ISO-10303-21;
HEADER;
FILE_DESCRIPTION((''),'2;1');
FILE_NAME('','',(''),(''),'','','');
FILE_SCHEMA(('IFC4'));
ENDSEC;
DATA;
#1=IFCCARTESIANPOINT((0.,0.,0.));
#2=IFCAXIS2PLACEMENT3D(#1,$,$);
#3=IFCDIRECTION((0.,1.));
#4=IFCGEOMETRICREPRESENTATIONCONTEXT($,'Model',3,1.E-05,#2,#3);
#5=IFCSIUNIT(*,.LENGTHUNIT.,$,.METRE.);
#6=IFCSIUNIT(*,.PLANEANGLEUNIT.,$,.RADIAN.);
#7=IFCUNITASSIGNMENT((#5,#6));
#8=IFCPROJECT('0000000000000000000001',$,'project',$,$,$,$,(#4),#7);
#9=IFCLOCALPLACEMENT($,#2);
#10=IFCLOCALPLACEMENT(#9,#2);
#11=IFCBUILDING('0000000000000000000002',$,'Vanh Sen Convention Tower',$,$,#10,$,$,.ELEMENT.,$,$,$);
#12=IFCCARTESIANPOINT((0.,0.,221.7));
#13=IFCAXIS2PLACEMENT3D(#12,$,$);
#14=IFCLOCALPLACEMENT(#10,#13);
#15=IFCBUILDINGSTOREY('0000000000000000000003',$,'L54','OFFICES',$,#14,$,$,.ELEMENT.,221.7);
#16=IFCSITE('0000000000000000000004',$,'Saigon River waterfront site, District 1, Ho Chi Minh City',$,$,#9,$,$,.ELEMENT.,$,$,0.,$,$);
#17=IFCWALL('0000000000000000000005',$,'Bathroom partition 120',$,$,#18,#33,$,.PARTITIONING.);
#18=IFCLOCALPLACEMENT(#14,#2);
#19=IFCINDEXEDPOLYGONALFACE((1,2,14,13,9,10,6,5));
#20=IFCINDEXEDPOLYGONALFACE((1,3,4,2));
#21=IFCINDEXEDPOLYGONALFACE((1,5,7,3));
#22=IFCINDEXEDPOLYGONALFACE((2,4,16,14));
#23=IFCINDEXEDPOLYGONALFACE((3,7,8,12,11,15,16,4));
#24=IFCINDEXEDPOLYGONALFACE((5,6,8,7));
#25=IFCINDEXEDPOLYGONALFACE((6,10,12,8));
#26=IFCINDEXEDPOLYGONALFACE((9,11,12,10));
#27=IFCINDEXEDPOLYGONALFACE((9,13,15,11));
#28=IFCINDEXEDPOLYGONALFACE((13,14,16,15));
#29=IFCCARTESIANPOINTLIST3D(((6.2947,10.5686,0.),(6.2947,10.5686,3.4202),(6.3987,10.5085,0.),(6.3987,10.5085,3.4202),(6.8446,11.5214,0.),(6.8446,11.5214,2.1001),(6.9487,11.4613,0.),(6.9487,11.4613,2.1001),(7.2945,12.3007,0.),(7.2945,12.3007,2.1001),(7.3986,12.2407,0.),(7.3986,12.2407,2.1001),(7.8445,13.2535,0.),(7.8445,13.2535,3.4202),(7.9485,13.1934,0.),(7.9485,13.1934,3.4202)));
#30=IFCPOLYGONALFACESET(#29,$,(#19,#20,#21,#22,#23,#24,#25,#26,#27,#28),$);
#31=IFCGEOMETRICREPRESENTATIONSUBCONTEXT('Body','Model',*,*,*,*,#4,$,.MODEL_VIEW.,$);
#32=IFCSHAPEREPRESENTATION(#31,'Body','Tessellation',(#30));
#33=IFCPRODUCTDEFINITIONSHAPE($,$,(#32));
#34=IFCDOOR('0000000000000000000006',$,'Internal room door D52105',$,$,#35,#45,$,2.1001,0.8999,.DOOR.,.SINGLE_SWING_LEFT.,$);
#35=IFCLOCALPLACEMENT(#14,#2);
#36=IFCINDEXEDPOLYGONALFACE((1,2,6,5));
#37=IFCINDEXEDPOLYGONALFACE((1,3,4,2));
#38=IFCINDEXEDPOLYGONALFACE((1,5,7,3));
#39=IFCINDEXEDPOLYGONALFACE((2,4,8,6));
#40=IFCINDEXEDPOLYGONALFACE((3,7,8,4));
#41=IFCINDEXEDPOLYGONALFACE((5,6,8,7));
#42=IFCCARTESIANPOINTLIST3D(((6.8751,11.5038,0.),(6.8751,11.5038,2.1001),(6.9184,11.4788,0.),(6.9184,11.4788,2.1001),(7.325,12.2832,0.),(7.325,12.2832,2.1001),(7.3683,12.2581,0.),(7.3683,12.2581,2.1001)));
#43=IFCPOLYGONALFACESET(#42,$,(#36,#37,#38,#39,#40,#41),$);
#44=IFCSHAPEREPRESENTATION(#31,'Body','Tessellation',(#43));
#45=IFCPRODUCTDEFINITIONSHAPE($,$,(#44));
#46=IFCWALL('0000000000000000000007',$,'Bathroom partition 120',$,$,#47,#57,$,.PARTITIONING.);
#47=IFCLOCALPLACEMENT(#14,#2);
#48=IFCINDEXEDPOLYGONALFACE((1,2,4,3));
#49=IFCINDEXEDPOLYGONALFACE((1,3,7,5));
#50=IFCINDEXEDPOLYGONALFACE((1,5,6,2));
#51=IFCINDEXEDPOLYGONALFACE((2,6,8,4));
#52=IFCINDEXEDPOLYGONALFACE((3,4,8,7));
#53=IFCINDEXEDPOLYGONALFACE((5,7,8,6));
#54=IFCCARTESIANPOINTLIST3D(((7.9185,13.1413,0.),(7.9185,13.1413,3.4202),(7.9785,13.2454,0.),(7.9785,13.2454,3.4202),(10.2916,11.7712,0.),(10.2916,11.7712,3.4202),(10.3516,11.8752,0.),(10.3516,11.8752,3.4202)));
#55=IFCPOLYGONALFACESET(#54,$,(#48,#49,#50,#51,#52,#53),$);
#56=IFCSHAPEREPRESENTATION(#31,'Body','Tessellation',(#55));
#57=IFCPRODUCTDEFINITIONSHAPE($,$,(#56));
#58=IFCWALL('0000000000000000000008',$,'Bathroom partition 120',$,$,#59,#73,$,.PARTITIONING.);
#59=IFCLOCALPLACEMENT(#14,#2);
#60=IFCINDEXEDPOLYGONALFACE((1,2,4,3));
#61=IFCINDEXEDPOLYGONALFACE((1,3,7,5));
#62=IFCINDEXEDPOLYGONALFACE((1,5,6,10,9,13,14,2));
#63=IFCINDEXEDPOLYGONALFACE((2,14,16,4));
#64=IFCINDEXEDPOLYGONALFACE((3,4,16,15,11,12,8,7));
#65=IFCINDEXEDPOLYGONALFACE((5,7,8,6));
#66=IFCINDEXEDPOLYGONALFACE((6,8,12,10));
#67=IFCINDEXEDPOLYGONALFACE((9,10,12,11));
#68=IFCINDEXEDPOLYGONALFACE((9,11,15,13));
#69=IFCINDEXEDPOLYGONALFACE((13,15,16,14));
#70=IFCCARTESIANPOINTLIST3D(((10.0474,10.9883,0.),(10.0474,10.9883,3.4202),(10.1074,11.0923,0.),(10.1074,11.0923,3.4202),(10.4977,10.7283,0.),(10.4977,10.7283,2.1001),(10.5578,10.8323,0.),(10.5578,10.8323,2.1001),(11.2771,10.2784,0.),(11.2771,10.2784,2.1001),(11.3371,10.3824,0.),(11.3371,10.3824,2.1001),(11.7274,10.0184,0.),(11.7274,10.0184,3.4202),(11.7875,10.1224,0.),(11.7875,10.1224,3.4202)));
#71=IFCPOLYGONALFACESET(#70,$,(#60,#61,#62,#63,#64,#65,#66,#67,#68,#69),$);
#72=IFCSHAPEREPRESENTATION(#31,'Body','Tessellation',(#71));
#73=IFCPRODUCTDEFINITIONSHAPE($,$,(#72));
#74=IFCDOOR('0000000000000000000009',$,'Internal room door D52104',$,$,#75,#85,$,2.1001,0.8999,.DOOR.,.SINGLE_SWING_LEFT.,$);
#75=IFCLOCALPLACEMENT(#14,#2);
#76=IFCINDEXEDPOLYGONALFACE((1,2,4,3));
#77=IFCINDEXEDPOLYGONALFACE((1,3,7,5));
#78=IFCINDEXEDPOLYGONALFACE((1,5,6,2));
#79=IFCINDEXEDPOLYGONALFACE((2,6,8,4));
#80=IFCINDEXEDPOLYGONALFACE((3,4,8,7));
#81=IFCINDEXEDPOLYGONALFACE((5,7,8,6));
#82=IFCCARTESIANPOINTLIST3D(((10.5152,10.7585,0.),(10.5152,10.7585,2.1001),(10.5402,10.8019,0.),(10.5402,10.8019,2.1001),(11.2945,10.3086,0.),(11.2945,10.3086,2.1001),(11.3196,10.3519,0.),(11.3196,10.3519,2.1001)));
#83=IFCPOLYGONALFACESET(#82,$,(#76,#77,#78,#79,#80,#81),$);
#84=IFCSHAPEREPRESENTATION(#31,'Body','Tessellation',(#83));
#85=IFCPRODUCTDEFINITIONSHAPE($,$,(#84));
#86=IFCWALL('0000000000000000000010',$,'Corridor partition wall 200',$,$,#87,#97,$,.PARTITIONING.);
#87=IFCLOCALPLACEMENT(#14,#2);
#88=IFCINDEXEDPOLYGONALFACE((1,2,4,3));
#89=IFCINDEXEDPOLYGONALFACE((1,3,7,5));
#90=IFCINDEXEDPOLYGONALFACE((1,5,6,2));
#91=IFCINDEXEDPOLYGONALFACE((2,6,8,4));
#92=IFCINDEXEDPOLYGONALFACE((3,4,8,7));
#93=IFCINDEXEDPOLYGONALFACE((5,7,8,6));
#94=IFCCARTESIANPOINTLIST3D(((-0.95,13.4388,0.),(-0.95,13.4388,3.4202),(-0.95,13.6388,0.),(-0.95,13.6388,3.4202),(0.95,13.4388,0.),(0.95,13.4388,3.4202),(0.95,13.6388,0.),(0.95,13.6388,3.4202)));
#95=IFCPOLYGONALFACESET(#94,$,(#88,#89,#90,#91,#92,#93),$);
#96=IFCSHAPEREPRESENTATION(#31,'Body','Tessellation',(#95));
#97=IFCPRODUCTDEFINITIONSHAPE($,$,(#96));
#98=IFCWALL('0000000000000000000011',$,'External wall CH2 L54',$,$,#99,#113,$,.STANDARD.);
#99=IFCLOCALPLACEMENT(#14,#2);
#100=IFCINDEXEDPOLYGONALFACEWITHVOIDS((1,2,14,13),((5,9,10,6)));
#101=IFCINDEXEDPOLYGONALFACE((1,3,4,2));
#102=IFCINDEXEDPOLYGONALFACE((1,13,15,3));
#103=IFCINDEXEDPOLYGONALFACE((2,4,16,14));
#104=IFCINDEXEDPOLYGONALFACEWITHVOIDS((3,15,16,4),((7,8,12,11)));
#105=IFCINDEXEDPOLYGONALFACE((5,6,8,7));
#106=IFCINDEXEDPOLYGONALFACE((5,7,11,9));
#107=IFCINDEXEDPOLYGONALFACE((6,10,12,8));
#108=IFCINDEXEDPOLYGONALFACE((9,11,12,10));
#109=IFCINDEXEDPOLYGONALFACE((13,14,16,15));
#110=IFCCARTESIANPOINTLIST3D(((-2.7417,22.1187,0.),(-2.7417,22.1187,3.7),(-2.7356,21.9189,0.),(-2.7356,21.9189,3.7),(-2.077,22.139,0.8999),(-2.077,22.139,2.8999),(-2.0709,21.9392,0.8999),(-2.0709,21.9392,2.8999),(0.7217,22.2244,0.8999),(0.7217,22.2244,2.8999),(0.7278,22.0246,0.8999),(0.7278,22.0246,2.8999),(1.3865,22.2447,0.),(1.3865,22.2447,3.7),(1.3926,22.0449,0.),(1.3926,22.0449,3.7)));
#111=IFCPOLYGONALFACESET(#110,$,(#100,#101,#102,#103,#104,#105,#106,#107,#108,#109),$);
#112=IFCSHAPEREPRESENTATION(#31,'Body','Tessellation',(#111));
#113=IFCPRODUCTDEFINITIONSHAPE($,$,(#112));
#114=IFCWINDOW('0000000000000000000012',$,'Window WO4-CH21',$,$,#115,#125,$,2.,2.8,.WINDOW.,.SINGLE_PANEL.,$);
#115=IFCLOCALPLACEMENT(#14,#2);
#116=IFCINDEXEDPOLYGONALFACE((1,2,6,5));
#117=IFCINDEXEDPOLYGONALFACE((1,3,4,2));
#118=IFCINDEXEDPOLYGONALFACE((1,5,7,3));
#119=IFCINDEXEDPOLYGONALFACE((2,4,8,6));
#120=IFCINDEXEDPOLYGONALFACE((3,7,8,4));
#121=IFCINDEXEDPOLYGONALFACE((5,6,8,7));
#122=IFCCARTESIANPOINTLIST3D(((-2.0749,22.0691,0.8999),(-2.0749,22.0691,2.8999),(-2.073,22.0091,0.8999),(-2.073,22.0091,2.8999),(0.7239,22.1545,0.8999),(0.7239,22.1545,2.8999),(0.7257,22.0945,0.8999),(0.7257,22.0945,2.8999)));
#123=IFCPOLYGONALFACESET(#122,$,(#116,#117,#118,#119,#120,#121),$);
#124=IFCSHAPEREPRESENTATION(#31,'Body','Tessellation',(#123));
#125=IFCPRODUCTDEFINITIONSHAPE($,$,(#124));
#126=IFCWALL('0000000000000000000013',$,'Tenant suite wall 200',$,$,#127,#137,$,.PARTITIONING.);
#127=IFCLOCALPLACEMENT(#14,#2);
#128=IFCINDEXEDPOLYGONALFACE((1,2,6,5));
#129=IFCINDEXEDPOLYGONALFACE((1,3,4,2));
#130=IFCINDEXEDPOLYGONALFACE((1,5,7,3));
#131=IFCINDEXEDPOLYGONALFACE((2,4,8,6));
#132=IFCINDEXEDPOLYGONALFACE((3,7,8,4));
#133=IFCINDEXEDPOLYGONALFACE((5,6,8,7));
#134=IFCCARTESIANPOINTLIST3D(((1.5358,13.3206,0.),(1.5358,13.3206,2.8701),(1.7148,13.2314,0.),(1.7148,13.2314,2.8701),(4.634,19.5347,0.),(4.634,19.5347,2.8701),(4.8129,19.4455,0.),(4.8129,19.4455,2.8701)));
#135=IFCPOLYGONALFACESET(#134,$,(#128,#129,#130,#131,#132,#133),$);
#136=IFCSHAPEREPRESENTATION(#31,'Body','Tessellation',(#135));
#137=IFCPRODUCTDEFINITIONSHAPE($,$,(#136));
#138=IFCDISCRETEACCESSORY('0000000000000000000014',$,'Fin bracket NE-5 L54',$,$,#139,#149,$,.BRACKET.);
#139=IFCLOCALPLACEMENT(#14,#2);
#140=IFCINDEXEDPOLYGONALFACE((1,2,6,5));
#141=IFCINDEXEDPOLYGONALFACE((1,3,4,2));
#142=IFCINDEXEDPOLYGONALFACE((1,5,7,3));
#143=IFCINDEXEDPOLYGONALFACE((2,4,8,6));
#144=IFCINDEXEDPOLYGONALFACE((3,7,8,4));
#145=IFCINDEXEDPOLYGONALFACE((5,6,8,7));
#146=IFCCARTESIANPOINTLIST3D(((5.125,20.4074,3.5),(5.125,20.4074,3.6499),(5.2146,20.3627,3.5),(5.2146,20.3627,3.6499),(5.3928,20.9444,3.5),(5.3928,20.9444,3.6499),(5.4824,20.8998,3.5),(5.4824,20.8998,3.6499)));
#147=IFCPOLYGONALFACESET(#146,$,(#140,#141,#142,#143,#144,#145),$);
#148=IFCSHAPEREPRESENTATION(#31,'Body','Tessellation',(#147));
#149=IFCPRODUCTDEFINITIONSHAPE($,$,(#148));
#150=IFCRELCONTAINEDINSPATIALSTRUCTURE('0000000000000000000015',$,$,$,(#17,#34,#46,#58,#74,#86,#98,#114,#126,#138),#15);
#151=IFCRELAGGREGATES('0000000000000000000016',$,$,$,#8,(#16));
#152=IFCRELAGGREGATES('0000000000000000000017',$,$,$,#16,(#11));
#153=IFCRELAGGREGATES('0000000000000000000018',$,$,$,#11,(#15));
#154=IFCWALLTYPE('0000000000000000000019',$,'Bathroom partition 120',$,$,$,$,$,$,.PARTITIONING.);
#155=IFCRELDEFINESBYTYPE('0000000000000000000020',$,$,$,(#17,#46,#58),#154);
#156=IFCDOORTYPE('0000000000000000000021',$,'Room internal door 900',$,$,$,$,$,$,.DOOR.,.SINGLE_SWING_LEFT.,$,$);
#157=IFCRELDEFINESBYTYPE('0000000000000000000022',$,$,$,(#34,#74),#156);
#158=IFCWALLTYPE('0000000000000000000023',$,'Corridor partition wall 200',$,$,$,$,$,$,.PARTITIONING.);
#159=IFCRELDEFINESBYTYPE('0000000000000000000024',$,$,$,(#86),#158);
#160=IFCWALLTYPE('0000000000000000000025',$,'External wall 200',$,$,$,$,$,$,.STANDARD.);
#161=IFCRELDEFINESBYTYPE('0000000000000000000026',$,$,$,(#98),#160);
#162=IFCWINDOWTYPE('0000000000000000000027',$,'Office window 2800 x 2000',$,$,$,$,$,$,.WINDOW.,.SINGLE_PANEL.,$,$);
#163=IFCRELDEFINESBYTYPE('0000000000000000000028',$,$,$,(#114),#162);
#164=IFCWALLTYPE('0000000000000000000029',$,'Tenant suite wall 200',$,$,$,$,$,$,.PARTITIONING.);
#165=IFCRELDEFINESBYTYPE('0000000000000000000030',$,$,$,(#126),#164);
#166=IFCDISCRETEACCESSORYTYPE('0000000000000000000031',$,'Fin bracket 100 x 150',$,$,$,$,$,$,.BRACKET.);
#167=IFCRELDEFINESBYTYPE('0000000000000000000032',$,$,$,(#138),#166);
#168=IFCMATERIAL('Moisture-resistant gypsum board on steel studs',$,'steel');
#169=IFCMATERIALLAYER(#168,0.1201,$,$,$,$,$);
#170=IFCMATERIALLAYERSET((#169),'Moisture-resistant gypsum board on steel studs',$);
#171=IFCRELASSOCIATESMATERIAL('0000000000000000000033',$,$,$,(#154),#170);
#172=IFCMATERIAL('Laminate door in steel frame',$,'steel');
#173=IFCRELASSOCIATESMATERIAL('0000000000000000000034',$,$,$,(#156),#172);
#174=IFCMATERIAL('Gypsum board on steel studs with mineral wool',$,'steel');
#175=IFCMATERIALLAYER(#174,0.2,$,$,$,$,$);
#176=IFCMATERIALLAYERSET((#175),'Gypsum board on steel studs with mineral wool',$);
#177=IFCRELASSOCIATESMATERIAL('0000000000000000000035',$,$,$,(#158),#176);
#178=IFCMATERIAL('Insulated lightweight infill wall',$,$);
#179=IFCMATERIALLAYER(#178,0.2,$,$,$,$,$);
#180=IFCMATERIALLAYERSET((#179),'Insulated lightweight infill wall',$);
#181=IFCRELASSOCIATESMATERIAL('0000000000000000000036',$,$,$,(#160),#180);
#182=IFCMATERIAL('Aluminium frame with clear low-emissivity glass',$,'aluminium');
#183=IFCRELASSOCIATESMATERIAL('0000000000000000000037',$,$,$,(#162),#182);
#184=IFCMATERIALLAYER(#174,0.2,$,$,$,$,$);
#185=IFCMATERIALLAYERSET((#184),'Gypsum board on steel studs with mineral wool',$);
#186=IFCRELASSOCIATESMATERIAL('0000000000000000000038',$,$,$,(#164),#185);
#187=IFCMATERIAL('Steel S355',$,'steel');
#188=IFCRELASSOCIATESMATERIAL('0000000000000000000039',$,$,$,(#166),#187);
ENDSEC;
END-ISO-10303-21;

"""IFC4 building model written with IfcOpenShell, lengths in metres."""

from ifc_helpers import new_model, si_unit, direction, frame, frame_2d, origin, origin_2d, place, context, subcontext, project, spatial, rectangle, extrude, material, layer, layer_set, type_object, element, fill, save


model = new_model("IFC4")

# Units and contexts
model_context = context("Model", 3, precision=1e-05, world=origin(), true_north=direction((0.0, 1.0)))
body_context = subcontext(model_context, "Body", "Model", "MODEL_VIEW")
ifc_project = project(units=[si_unit("LENGTHUNIT", "METRE"), si_unit("PLANEANGLEUNIT", "RADIAN")], contexts=[model_context])

# Site, building, storey
site_placement = place(None, origin())
site = spatial("IfcSite", under=ifc_project, at=site_placement, Name="Saigon River waterfront site, District 1, Ho Chi Minh City", CompositionType="ELEMENT", RefElevation=0.0)
building_placement = place(site_placement, origin())
building = spatial("IfcBuilding", under=site, at=building_placement, Name="Vanh Sen Convention Tower", CompositionType="ELEMENT")
storey_placement = place(building_placement, frame((0.0, 0.0, 221.7)))
storey = spatial("IfcBuildingStorey", under=building, at=storey_placement, Name="L54", Description="OFFICES", CompositionType="ELEMENT", Elevation=221.7)

# Wall, opening, door
ifc_material_1 = material(Name="Moisture-resistant gypsum board on steel studs", Category="steel")
ifc_layer_1 = layer(ifc_material_1, 0.1201)
ifc_layer_set_1 = layer_set([ifc_layer_1], Name="Moisture-resistant gypsum board on steel studs")
wall_type_1 = type_object("IfcWallType", Name="Bathroom partition 120", PredefinedType="PARTITIONING", material=ifc_layer_set_1)
wall_1_placement = place(storey_placement, frame((6.3467, 10.5386, 0.0), z_axis=(0.0, 0.0, 1.0), x_axis=(0.499934, 0.866064, 0.0)))
wall_1 = element("IfcWall", 1, at=wall_1_placement, inside=storey, type_object=wall_type_1, Name="Bathroom partition 120", PredefinedType="PARTITIONING", context=body_context, shape_type="SweptSolid", body=[
    extrude(rectangle(XDim=3.1001, YDim=0.1201, at=frame_2d((1.55, 0.0))), origin(), (0.0, 0.0, 1.0), 3.4202),
])
opening_1_placement = place(wall_1_placement, frame((1.1001, 0.0, 0.0)))
opening_1 = element("IfcOpeningElement", 2, at=opening_1_placement, cuts=wall_1, PredefinedType="OPENING", context=body_context, shape_type="SweptSolid", body=[
    extrude(rectangle(XDim=0.8999, YDim=2.1001, at=frame_2d((0.45, 1.05))), frame((0.0, 0.0701, 0.0), z_axis=(0.0, -1.0, 0.0), x_axis=(1.0, 0.0, 0.0)), (0.0, 0.0, 1.0), 0.1401),
])
ifc_material_2 = material(Name="Laminate door in steel frame", Category="steel")
door_type = type_object("IfcDoorType", Name="Room internal door 900", OperationType="SINGLE_SWING_LEFT", PredefinedType="DOOR", material=ifc_material_2)
door_1_placement = place(opening_1_placement, origin())
door_1 = element("IfcDoor", 3, at=door_1_placement, inside=storey, type_object=door_type, Name="Internal room door D52105", OperationType="SINGLE_SWING_LEFT", OverallHeight=2.1001, OverallWidth=0.8999, PredefinedType="DOOR", context=body_context, shape_type="SweptSolid", body=[
    extrude(rectangle(XDim=0.8999, YDim=2.1001, at=frame_2d((0.45, 1.05))), frame((0.0, 0.0249, 0.0), z_axis=(0.0, -1.0, 0.0), x_axis=(1.0, 0.0, 0.0)), (0.0, 0.0, 1.0), 0.05),
])
fill(opening_1, door_1)

# Wall
wall_2_placement = place(storey_placement, frame((7.9485, 13.1934, 0.0), z_axis=(0.0, 0.0, 1.0), x_axis=(0.866019, -0.50001, 0.0)))
element("IfcWall", 4, at=wall_2_placement, inside=storey, type_object=wall_type_1, Name="Bathroom partition 120", PredefinedType="PARTITIONING", context=body_context, shape_type="SweptSolid", body=[
    extrude(rectangle(XDim=2.7402, YDim=0.1201, at=frame_2d((1.3701, 0.0))), origin(), (0.0, 0.0, 1.0), 3.4202),
])

# Wall, opening, door
wall_3_placement = place(storey_placement, frame((10.0774, 11.0403, 0.0), z_axis=(0.0, 0.0, 1.0), x_axis=(0.866043, -0.499969, 0.0)))
wall_3 = element("IfcWall", 5, at=wall_3_placement, inside=storey, type_object=wall_type_1, Name="Bathroom partition 120", PredefinedType="PARTITIONING", context=body_context, shape_type="SweptSolid", body=[
    extrude(rectangle(XDim=1.9399, YDim=0.1201, at=frame_2d((0.97, 0.0))), origin(), (0.0, 0.0, 1.0), 3.4202),
])
opening_2_placement = place(wall_3_placement, frame((0.52, 0.0, 0.0)))
opening_2 = element("IfcOpeningElement", 6, at=opening_2_placement, cuts=wall_3, PredefinedType="OPENING", context=body_context, shape_type="SweptSolid", body=[
    extrude(rectangle(XDim=0.8999, YDim=2.1001, at=frame_2d((0.45, 1.05))), frame((0.0, 0.0701, 0.0), z_axis=(0.0, -1.0, 0.0), x_axis=(1.0, 0.0, 0.0)), (0.0, 0.0, 1.0), 0.1401),
])
door_2_placement = place(opening_2_placement, origin())
door_2 = element("IfcDoor", 7, at=door_2_placement, inside=storey, type_object=door_type, Name="Internal room door D52104", OperationType="SINGLE_SWING_LEFT", OverallHeight=2.1001, OverallWidth=0.8999, PredefinedType="DOOR", context=body_context, shape_type="SweptSolid", body=[
    extrude(rectangle(XDim=0.8999, YDim=2.1001, at=frame_2d((0.45, 1.05))), frame((0.0, 0.0249, 0.0), z_axis=(0.0, -1.0, 0.0), x_axis=(1.0, 0.0, 0.0)), (0.0, 0.0, 1.0), 0.05),
])
fill(opening_2, door_2)

# Wall
ifc_material_3 = material(Name="Gypsum board on steel studs with mineral wool", Category="steel")
ifc_layer_2 = layer(ifc_material_3, 0.2)
ifc_layer_set_2 = layer_set([ifc_layer_2], Name="Gypsum board on steel studs with mineral wool")
wall_type_2 = type_object("IfcWallType", Name="Corridor partition wall 200", PredefinedType="PARTITIONING", material=ifc_layer_set_2)
wall_4_placement = place(storey_placement, frame((0.95, 13.5388, 0.0), z_axis=(0.0, 0.0, 1.0), x_axis=(-1.0, 0.0, 0.0)))
element("IfcWall", 8, at=wall_4_placement, inside=storey, type_object=wall_type_2, Name="Corridor partition wall 200", PredefinedType="PARTITIONING", context=body_context, shape_type="SweptSolid", body=[
    extrude(rectangle(XDim=1.8999, YDim=0.2, at=frame_2d((0.95, 0.0))), origin(), (0.0, 0.0, 1.0), 3.4202),
])

# Wall, opening, window
ifc_material_4 = material(Name="Insulated lightweight infill wall")
ifc_layer_3 = layer(ifc_material_4, 0.2)
ifc_layer_set_3 = layer_set([ifc_layer_3], Name="Insulated lightweight infill wall")
wall_type_3 = type_object("IfcWallType", Name="External wall 200", PredefinedType="STANDARD", material=ifc_layer_set_3)
wall_5_placement = place(storey_placement, frame((1.3894, 22.1448, 0.0), z_axis=(0.0, 0.0, 1.0), x_axis=(-0.999535, -0.030502, 0.0)))
wall_5 = element("IfcWall", 9, at=wall_5_placement, inside=storey, type_object=wall_type_3, Name="External wall CH2 L54", PredefinedType="STANDARD", context=body_context, shape_type="SweptSolid", body=[
    extrude(rectangle(XDim=4.1301, YDim=0.2, at=frame_2d((2.0649, 0.0))), origin(), (0.0, 0.0, 1.0), 3.7),
])
opening_3_placement = place(wall_5_placement, frame((0.665, 0.0, 0.8999)))
opening_3 = element("IfcOpeningElement", 10, at=opening_3_placement, cuts=wall_5, PredefinedType="OPENING", context=body_context, shape_type="SweptSolid", body=[
    extrude(rectangle(XDim=2.8, YDim=2.0, at=frame_2d((1.3999, 1.0))), frame((0.0, 0.1099, 0.0), z_axis=(0.0, -1.0, 0.0), x_axis=(1.0, 0.0, 0.0)), (0.0, 0.0, 1.0), 0.22),
])
ifc_material_5 = material(Name="Aluminium frame with clear low-emissivity glass", Category="aluminium")
window_type = type_object("IfcWindowType", Name="Office window 2800 x 2000", PartitioningType="SINGLE_PANEL", PredefinedType="WINDOW", material=ifc_material_5)
window_placement = place(opening_3_placement, origin())
window = element("IfcWindow", 11, at=window_placement, inside=storey, type_object=window_type, Name="Window WO4-CH21", OverallHeight=2.0, OverallWidth=2.8, PartitioningType="SINGLE_PANEL", PredefinedType="WINDOW", context=body_context, shape_type="SweptSolid", body=[
    extrude(rectangle(XDim=2.8, YDim=2.0, at=frame_2d((1.3999, 1.0))), frame((0.0, 0.03, 0.0), z_axis=(0.0, -1.0, 0.0), x_axis=(1.0, 0.0, 0.0)), (0.0, 0.0, 1.0), 0.0601),
])
fill(opening_3, window)

# Wall
ifc_layer_4 = layer(ifc_material_3, 0.2)
ifc_layer_set_4 = layer_set([ifc_layer_4], Name="Gypsum board on steel studs with mineral wool")
wall_type_4 = type_object("IfcWallType", Name="Tenant suite wall 200", PredefinedType="PARTITIONING", material=ifc_layer_set_4)
wall_6_placement = place(storey_placement, frame((4.7234, 19.49, 0.0), z_axis=(0.0, 0.0, 1.0), x_axis=(-0.446187, -0.89494, 0.0)))
element("IfcWall", 12, at=wall_6_placement, inside=storey, type_object=wall_type_4, Name="Tenant suite wall 200", PredefinedType="PARTITIONING", context=body_context, shape_type="SweptSolid", body=[
    extrude(rectangle(XDim=6.9436, YDim=0.2, at=frame_2d((3.4717, 0.0))), origin(), (0.0, 0.0, 1.0), 2.8701),
])

# Discrete accessory
ifc_material_6 = material(Name="Steel S355", Category="steel")
discrete_accessory_type = type_object("IfcDiscreteAccessoryType", Name="Fin bracket 100 x 150", PredefinedType="BRACKET", material=ifc_material_6)
discrete_accessory_placement = place(storey_placement, frame((5.3037, 20.6536, 3.5), z_axis=(0.0, 0.0, 1.0), x_axis=(0.446198, 0.894934, 0.0)))
element("IfcDiscreteAccessory", 13, at=discrete_accessory_placement, inside=storey, type_object=discrete_accessory_type, Name="Fin bracket NE-5 L54", PredefinedType="BRACKET", context=body_context, shape_type="SweptSolid", body=[
    extrude(rectangle(XDim=0.6001, YDim=0.1001, at=origin_2d()), origin(), (0.0, 0.0, 1.0), 0.1499),
])

save(model, "model.ifc")
